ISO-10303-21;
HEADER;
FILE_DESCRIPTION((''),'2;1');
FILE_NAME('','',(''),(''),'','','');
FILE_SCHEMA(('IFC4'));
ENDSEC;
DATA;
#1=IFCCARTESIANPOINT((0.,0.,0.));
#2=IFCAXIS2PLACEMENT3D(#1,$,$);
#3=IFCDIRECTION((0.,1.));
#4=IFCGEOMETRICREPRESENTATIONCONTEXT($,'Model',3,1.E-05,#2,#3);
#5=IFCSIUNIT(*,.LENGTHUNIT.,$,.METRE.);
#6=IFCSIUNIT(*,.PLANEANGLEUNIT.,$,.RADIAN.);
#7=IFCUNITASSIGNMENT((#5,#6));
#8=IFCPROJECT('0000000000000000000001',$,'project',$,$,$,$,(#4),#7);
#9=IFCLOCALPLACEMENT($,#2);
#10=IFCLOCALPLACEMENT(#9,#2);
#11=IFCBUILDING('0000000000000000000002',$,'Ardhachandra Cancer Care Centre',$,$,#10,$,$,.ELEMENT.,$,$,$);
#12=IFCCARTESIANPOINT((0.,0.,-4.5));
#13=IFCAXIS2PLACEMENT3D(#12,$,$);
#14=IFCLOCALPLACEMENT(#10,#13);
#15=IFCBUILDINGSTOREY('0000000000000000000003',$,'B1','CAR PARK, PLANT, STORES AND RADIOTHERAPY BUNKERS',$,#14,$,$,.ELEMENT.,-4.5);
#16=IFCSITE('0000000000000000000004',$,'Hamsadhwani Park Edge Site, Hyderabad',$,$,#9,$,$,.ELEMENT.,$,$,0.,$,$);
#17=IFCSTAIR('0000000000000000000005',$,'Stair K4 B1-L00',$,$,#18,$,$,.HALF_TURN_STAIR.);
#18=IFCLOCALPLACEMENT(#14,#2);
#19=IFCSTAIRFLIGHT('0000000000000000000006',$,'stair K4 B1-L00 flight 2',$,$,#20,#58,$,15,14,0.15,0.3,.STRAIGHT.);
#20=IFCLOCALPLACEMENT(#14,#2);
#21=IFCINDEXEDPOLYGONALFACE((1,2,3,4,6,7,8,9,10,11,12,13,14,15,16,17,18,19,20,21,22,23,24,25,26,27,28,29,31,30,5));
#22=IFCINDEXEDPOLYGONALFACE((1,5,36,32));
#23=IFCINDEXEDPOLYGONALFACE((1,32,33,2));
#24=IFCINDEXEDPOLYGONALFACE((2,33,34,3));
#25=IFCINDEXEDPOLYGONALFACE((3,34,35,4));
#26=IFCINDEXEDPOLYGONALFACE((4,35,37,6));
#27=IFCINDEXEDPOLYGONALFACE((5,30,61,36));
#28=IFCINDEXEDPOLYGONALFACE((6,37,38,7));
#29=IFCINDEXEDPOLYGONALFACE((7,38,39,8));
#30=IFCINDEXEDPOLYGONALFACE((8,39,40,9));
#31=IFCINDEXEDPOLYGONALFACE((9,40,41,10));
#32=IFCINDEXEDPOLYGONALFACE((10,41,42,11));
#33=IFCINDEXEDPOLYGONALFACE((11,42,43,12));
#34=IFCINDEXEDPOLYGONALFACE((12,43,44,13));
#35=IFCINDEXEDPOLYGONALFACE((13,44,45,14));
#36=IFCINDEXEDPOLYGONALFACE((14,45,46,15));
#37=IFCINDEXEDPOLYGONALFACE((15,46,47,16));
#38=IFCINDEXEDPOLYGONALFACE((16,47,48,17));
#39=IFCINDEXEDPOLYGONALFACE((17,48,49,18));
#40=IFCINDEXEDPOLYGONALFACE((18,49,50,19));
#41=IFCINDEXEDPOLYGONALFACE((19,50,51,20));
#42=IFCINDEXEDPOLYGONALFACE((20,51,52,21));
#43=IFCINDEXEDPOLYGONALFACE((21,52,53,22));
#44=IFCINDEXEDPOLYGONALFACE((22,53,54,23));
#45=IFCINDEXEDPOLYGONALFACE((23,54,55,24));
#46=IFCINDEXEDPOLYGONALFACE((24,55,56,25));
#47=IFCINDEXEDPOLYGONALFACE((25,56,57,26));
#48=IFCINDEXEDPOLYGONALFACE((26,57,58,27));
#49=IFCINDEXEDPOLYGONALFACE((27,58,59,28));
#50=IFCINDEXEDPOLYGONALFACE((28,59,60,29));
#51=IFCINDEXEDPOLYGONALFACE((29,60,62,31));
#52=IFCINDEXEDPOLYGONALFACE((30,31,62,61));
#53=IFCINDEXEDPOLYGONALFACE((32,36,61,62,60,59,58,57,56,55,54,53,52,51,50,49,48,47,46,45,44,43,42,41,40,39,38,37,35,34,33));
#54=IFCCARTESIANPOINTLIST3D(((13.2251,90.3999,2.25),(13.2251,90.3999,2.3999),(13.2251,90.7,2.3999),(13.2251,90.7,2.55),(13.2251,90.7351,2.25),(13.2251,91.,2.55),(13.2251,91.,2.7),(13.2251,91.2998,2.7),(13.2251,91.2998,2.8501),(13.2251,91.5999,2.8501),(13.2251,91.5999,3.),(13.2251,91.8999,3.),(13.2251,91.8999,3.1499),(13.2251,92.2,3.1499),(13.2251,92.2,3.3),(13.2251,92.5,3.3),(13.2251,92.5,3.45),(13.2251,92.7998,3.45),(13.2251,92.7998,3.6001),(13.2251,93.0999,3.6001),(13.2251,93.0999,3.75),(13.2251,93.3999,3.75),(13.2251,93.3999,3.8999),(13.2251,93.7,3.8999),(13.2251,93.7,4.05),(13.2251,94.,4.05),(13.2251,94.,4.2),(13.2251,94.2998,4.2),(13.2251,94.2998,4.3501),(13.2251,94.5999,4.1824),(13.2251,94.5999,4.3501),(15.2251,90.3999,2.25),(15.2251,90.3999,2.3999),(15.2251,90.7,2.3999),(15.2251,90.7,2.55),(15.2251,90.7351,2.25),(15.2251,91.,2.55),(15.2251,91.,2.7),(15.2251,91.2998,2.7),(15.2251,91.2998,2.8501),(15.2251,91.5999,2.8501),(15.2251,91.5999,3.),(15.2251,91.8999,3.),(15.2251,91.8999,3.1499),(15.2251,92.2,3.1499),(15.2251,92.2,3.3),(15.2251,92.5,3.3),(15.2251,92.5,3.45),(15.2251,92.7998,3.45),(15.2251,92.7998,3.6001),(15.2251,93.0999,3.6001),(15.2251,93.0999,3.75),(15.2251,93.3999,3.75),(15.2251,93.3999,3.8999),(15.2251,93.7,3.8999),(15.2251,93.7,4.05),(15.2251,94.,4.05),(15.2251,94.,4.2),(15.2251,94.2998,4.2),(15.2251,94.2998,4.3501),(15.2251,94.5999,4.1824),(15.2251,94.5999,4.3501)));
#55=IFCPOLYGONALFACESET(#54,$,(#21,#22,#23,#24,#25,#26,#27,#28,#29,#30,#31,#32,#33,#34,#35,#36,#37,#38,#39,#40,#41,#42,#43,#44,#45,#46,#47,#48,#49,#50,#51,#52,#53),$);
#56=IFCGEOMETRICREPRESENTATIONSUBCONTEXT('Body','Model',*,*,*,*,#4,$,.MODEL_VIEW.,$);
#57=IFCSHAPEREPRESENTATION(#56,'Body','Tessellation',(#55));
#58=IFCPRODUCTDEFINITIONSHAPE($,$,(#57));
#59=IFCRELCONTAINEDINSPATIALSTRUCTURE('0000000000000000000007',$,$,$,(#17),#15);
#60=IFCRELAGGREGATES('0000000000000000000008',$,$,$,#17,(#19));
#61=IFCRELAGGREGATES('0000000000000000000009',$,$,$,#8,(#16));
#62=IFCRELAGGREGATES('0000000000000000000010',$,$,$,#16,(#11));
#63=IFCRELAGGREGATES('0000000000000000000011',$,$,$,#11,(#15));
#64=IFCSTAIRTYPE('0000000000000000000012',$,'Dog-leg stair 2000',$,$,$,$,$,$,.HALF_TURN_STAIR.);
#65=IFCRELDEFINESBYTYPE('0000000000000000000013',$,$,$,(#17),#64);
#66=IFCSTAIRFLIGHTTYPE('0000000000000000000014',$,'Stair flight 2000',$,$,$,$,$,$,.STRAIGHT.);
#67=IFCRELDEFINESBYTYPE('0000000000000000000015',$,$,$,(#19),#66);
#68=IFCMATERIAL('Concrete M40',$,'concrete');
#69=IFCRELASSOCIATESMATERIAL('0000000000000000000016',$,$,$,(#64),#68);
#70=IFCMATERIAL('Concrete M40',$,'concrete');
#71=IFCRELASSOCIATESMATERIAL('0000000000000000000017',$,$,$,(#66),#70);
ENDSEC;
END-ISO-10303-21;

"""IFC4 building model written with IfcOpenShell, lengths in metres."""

from ifc_helpers import new_model, si_unit, direction, frame, origin, place, context, subcontext, project, spatial, polyline, outline, extrude, material, type_object, element, aggregate, save


model = new_model("IFC4")

# Units and contexts
model_context = context("Model", 3, precision=1e-05, world=origin(), true_north=direction((0.0, 1.0)))
body_context = subcontext(model_context, "Body", "Model", "MODEL_VIEW")
ifc_project = project(units=[si_unit("LENGTHUNIT", "METRE"), si_unit("PLANEANGLEUNIT", "RADIAN")], contexts=[model_context])

# Site, building, storey
site_placement = place(None, origin())
site = spatial("IfcSite", under=ifc_project, at=site_placement, Name="Hamsadhwani Park Edge Site, Hyderabad", CompositionType="ELEMENT", RefElevation=0.0)
building_placement = place(site_placement, origin())
building = spatial("IfcBuilding", under=site, at=building_placement, Name="Ardhachandra Cancer Care Centre", CompositionType="ELEMENT")
storey_placement = place(building_placement, frame((0.0, 0.0, -4.5)))
storey = spatial("IfcBuildingStorey", under=building, at=storey_placement, Name="B1", Description="CAR PARK, PLANT, STORES AND RADIOTHERAPY BUNKERS", CompositionType="ELEMENT", Elevation=-4.5)

# Stair, stair flight
ifc_material_1 = material(Name="Concrete M40", Category="concrete")
stair_type = type_object("IfcStairType", Name="Dog-leg stair 2000", PredefinedType="HALF_TURN_STAIR", material=ifc_material_1)
stair_placement = place(storey_placement, origin())
stair = element("IfcStair", 1, at=stair_placement, inside=storey, type_object=stair_type, Name="Stair K4 B1-L00", PredefinedType="HALF_TURN_STAIR")
ifc_material_2 = material(Name="Concrete M40", Category="concrete")
stair_flight_type = type_object("IfcStairFlightType", Name="Stair flight 2000", PredefinedType="STRAIGHT", material=ifc_material_2)
stair_flight_1_placement = place(storey_placement, frame((14.2251, 90.3999, 2.25), z_axis=(0.0, 0.0, 1.0), x_axis=(0.0, 1.0, 0.0)))
stair_flight_1 = element("IfcStairFlight", 2, at=stair_flight_1_placement, type_object=stair_flight_type, Name="stair K4 B1-L00 flight 2", NumberOfRisers=15, NumberOfTreads=14, PredefinedType="STRAIGHT", RiserHeight=0.15, TreadLength=0.3, context=body_context, shape_type="SweptSolid", body=[
    extrude(outline(polyline([(0.0, 0.0), (0.0, 0.1499), (0.3, 0.1499), (0.3, 0.3), (0.6001, 0.3), (0.6001, 0.45), (0.8999, 0.45), (0.8999, 0.6001), (1.2, 0.6001), (1.2, 0.75), (1.5, 0.75), (1.5, 0.8999), (1.8, 0.8999), (1.8, 1.05), (2.1001, 1.05), (2.1001, 1.2), (2.3999, 1.2), (2.3999, 1.3501), (2.7, 1.3501), (2.7, 1.5), (3.0, 1.5), (3.0, 1.6499), (3.3, 1.6499), (3.3, 1.8), (3.6001, 1.8), (3.6001, 1.95), (3.8999, 1.95), (3.8999, 2.1001), (4.2, 2.1001), (4.2, 2.25), (4.2, 1.9324), (0.3352, 0.0), (0.0, 0.0)])), frame((0.0, 1.0, 0.0), z_axis=(0.0, -1.0, 0.0), x_axis=(1.0, 0.0, 0.0)), (0.0, 0.0, 1.0), 2.0),
])
aggregate(stair, [stair_flight_1])

save(model, "model.ifc")
